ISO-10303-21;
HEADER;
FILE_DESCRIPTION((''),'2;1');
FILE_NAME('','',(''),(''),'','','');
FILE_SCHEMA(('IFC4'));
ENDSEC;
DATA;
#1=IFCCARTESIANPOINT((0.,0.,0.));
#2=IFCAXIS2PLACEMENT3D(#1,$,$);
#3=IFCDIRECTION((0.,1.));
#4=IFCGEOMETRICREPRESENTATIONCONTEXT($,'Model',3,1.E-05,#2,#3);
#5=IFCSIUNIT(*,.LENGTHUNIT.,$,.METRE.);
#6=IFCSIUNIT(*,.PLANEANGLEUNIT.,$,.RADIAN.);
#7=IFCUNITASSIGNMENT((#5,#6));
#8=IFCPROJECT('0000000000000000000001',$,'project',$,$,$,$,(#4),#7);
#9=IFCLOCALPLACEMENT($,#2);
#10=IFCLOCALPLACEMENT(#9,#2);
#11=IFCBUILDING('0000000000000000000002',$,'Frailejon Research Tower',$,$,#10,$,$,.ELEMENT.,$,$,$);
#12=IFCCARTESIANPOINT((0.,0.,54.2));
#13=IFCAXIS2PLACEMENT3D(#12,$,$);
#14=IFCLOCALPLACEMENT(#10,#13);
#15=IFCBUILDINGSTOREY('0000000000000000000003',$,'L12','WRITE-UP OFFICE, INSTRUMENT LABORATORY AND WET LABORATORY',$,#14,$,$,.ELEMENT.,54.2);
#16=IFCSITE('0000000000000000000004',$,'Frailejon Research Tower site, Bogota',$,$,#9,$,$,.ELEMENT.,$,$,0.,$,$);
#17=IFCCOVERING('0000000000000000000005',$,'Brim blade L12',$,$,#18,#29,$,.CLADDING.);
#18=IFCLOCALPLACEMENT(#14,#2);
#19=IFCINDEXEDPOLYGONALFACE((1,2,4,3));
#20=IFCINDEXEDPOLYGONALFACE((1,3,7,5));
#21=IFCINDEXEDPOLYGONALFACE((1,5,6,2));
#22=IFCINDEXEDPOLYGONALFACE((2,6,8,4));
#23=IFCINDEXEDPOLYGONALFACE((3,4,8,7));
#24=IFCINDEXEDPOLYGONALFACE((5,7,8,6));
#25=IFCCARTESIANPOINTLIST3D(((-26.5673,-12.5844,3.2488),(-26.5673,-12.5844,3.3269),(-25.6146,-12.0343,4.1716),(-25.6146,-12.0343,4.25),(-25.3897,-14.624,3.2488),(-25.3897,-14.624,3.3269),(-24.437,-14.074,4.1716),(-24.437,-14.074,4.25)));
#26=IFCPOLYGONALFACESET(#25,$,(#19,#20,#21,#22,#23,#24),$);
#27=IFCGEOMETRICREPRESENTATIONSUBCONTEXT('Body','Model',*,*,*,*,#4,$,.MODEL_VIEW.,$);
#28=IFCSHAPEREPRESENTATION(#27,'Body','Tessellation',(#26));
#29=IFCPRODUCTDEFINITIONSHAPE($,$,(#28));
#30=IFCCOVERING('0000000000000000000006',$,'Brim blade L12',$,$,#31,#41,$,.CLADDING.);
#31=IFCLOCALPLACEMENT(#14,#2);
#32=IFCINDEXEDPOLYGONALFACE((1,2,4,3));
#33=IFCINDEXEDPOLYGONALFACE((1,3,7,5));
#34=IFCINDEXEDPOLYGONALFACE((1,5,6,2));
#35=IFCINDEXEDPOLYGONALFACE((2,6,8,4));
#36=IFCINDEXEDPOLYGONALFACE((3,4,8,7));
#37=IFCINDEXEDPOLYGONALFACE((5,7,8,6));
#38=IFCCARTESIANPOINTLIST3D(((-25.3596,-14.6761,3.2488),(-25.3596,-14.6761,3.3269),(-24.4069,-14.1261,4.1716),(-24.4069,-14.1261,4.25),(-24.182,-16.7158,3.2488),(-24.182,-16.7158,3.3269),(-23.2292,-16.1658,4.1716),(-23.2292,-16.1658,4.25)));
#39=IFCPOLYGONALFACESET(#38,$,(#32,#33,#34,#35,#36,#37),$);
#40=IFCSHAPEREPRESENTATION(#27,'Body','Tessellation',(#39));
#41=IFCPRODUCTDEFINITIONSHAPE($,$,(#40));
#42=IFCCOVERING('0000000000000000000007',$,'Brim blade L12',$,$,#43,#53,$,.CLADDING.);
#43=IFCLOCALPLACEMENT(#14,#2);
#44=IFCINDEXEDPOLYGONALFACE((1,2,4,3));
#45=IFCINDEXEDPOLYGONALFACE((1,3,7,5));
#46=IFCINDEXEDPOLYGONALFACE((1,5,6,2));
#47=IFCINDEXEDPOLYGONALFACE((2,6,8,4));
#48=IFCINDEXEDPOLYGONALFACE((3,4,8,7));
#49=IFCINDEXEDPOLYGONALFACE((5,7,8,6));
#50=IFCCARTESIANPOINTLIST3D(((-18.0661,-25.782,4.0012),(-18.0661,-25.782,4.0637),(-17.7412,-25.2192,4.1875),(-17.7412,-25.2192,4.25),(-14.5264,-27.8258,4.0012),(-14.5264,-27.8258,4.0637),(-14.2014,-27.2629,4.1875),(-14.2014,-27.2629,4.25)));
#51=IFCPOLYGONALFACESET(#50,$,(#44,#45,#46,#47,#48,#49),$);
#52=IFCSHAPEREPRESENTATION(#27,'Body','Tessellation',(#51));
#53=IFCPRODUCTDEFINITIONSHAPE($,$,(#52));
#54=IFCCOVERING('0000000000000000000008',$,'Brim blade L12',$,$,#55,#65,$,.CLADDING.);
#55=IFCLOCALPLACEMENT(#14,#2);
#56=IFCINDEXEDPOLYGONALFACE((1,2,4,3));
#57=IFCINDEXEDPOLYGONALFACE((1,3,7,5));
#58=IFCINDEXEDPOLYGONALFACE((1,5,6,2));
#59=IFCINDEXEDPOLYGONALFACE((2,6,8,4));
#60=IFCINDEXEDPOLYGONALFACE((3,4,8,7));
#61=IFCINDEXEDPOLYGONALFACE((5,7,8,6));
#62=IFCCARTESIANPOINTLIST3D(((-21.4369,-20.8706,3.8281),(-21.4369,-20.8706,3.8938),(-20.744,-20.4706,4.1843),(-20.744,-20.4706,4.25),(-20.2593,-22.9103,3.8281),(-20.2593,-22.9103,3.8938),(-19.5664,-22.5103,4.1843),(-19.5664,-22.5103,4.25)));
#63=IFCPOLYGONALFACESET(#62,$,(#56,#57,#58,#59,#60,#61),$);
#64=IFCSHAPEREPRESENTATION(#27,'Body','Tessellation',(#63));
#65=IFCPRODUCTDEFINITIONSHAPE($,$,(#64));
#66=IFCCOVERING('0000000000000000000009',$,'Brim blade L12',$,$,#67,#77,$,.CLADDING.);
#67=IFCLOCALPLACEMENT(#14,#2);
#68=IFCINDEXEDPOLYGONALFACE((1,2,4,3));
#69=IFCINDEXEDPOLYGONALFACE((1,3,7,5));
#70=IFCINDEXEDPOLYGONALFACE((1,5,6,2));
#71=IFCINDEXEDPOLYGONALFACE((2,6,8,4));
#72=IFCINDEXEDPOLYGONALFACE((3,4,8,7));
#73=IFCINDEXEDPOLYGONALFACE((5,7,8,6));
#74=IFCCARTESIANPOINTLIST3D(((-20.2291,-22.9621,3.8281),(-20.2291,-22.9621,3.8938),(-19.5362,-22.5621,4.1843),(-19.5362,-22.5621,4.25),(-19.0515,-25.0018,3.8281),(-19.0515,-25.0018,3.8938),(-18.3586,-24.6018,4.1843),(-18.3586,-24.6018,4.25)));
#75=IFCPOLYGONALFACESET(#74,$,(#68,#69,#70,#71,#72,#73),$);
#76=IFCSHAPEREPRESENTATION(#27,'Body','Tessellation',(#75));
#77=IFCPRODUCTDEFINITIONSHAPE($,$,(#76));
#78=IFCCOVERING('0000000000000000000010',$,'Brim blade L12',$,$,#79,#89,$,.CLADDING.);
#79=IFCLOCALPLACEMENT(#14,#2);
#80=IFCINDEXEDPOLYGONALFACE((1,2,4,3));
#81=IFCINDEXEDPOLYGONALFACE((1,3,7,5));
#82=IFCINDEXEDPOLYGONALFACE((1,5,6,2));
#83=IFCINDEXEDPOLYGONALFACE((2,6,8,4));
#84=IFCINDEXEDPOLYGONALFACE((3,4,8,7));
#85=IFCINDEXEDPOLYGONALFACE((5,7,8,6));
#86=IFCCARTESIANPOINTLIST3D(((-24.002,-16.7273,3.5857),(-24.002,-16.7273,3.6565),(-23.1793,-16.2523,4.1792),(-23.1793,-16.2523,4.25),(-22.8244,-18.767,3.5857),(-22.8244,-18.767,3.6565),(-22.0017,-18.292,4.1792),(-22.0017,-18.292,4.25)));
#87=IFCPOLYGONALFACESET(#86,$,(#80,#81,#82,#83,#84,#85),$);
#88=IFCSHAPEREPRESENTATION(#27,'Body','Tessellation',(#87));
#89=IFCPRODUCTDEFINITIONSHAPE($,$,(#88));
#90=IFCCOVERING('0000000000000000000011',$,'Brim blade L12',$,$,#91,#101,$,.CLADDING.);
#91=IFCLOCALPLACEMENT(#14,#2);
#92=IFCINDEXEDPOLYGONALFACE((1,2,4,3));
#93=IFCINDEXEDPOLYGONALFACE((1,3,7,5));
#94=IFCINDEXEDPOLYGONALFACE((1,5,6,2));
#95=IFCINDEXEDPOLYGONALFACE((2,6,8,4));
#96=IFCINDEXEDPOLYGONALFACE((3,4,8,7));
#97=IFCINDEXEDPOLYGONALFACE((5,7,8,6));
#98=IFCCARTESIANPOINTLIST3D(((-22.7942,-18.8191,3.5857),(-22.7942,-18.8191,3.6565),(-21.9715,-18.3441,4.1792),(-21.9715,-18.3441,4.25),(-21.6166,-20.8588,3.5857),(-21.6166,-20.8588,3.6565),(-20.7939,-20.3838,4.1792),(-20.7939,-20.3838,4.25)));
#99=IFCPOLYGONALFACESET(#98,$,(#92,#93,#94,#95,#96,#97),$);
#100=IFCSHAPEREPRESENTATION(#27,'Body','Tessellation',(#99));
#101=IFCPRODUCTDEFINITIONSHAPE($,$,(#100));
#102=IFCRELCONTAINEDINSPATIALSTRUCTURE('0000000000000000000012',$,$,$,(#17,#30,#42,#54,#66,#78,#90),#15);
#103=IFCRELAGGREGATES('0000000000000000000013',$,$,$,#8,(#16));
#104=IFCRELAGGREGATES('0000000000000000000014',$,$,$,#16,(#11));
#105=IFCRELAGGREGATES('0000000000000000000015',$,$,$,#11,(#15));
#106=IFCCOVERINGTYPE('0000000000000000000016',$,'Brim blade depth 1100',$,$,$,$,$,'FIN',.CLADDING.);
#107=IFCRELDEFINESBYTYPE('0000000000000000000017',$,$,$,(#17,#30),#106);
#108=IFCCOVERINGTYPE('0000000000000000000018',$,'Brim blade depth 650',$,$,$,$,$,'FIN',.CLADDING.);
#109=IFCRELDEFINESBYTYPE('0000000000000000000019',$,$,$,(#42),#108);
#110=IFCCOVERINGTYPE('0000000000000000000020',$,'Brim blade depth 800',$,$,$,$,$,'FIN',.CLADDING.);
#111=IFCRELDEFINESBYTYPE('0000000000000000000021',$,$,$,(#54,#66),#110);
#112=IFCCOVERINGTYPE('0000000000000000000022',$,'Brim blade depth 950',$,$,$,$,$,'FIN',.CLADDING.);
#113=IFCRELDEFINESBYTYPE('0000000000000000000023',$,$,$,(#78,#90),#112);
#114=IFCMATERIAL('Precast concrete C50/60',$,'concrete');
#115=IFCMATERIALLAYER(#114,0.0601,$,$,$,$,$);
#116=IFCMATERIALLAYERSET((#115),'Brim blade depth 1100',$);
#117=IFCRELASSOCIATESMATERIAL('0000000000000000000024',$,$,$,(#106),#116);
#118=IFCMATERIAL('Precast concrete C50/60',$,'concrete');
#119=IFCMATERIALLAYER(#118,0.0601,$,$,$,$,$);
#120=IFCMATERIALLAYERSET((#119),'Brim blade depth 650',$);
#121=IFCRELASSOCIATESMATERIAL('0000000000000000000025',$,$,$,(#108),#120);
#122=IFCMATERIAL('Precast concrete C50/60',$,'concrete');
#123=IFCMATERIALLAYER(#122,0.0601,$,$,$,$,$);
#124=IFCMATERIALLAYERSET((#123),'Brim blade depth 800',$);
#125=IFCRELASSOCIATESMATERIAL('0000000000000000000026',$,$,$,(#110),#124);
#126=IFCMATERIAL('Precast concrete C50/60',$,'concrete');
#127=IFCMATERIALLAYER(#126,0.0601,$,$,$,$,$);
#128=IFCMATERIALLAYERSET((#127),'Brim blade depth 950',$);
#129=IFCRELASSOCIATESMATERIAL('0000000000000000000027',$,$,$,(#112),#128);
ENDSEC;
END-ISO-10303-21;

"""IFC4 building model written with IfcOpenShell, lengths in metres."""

from ifc_helpers import new_model, si_unit, direction, frame, origin, place, context, subcontext, project, spatial, polyline, outline, extrude, material, layer, layer_set, type_object, element, save


model = new_model("IFC4")

# Units and contexts
model_context = context("Model", 3, precision=1e-05, world=origin(), true_north=direction((0.0, 1.0)))
body_context = subcontext(model_context, "Body", "Model", "MODEL_VIEW")
ifc_project = project(units=[si_unit("LENGTHUNIT", "METRE"), si_unit("PLANEANGLEUNIT", "RADIAN")], contexts=[model_context])

# Site, building, storey
site_placement = place(None, origin())
site = spatial("IfcSite", under=ifc_project, at=site_placement, Name="Frailejon Research Tower site, Bogota", CompositionType="ELEMENT", RefElevation=0.0)
building_placement = place(site_placement, origin())
building = spatial("IfcBuilding", under=site, at=building_placement, Name="Frailejon Research Tower", CompositionType="ELEMENT")
storey_placement = place(building_placement, frame((0.0, 0.0, 54.2)))
storey = spatial("IfcBuildingStorey", under=building, at=storey_placement, Name="L12", Description="WRITE-UP OFFICE, INSTRUMENT LABORATORY AND WET LABORATORY", CompositionType="ELEMENT", Elevation=54.2)

# Coverings
ifc_material_1 = material(Name="Precast concrete C50/60", Category="concrete")
ifc_layer_1 = layer(ifc_material_1, 0.0601)
ifc_layer_set_1 = layer_set([ifc_layer_1], Name="Brim blade depth 1100")
covering_type_1 = type_object("IfcCoveringType", Name="Brim blade depth 1100", ElementType="FIN", PredefinedType="CLADDING", material=ifc_layer_set_1)
for number, where, z_axis, x_axis, name in (
    (1, (-24.437, -14.074, 4.25), (-0.500006, 0.866022, 0.0), (-0.866022, -0.500006, 0.0), "Brim blade L12"),
    (2, (-23.2292, -16.1658, 4.25), (-0.500006, 0.866022, 0.0), (-0.866022, -0.500006, 0.0), "Brim blade L12"),
):
    element("IfcCovering", number, at=place(storey_placement, frame(where, z_axis=z_axis, x_axis=x_axis)), inside=storey, type_object=covering_type_1, Name=name, PredefinedType="CLADDING", context=body_context, shape_type="SweptSolid", body=[
        extrude(outline(polyline([(0.0, -0.0784), (1.1001, -1.0012), (1.1001, -0.9231), (0.0, 0.0), (0.0, -0.0784)])), origin(), (0.0, 0.0, 1.0), 2.3552),
    ])
ifc_material_2 = material(Name="Precast concrete C50/60", Category="concrete")
ifc_layer_2 = layer(ifc_material_2, 0.0601)
ifc_layer_set_2 = layer_set([ifc_layer_2], Name="Brim blade depth 650")
covering_type_2 = type_object("IfcCoveringType", Name="Brim blade depth 650", ElementType="FIN", PredefinedType="CLADDING", material=ifc_layer_set_2)
covering_placement = place(storey_placement, frame((-14.2014, -27.2629, 4.25), z_axis=(-0.866021, 0.500007, 0.0), x_axis=(-0.500007, -0.866021, 0.0)))
element("IfcCovering", 3, at=covering_placement, inside=storey, type_object=covering_type_2, Name="Brim blade L12", PredefinedType="CLADDING", context=body_context, shape_type="SweptSolid", body=[
    extrude(outline(polyline([(0.0, -0.0625), (0.6499, -0.2488), (0.6499, -0.1863), (0.0, 0.0), (0.0, -0.0625)])), origin(), (0.0, 0.0, 1.0), 4.0874),
])
ifc_material_3 = material(Name="Precast concrete C50/60", Category="concrete")
ifc_layer_3 = layer(ifc_material_3, 0.0601)
ifc_layer_set_3 = layer_set([ifc_layer_3], Name="Brim blade depth 800")
covering_type_3 = type_object("IfcCoveringType", Name="Brim blade depth 800", ElementType="FIN", PredefinedType="CLADDING", material=ifc_layer_set_3)
for number, where, z_axis, x_axis, name in (
    (4, (-19.5664, -22.5103, 4.25), (-0.499997, 0.866027, 0.0), (-0.866027, -0.499997, 0.0), "Brim blade L12"),
    (5, (-18.3586, -24.6018, 4.25), (-0.499997, 0.866027, 0.0), (-0.866027, -0.499997, 0.0), "Brim blade L12"),
):
    element("IfcCovering", number, at=place(storey_placement, frame(where, z_axis=z_axis, x_axis=x_axis)), inside=storey, type_object=covering_type_3, Name=name, PredefinedType="CLADDING", context=body_context, shape_type="SweptSolid", body=[
        extrude(outline(polyline([(0.0, -0.0657), (0.8, -0.4219), (0.8, -0.3562), (0.0, 0.0), (0.0, -0.0657)])), origin(), (0.0, 0.0, 1.0), 2.3552),
    ])
ifc_material_4 = material(Name="Precast concrete C50/60", Category="concrete")
ifc_layer_4 = layer(ifc_material_4, 0.0601)
ifc_layer_set_4 = layer_set([ifc_layer_4], Name="Brim blade depth 950")
covering_type_4 = type_object("IfcCoveringType", Name="Brim blade depth 950", ElementType="FIN", PredefinedType="CLADDING", material=ifc_layer_set_4)
for number, where, z_axis, x_axis, name in (
    (6, (-22.0017, -18.292, 4.25), (-0.499997, 0.866027, 0.0), (-0.866027, -0.499997, 0.0), "Brim blade L12"),
    (7, (-20.7939, -20.3838, 4.25), (-0.499997, 0.866027, 0.0), (-0.866027, -0.499997, 0.0), "Brim blade L12"),
):
    element("IfcCovering", number, at=place(storey_placement, frame(where, z_axis=z_axis, x_axis=x_axis)), inside=storey, type_object=covering_type_4, Name=name, PredefinedType="CLADDING", context=body_context, shape_type="SweptSolid", body=[
        extrude(outline(polyline([(0.0, -0.0708), (0.95, -0.6643), (0.95, -0.5935), (0.0, 0.0), (0.0, -0.0708)])), origin(), (0.0, 0.0, 1.0), 2.3552),
    ])

save(model, "model.ifc")
